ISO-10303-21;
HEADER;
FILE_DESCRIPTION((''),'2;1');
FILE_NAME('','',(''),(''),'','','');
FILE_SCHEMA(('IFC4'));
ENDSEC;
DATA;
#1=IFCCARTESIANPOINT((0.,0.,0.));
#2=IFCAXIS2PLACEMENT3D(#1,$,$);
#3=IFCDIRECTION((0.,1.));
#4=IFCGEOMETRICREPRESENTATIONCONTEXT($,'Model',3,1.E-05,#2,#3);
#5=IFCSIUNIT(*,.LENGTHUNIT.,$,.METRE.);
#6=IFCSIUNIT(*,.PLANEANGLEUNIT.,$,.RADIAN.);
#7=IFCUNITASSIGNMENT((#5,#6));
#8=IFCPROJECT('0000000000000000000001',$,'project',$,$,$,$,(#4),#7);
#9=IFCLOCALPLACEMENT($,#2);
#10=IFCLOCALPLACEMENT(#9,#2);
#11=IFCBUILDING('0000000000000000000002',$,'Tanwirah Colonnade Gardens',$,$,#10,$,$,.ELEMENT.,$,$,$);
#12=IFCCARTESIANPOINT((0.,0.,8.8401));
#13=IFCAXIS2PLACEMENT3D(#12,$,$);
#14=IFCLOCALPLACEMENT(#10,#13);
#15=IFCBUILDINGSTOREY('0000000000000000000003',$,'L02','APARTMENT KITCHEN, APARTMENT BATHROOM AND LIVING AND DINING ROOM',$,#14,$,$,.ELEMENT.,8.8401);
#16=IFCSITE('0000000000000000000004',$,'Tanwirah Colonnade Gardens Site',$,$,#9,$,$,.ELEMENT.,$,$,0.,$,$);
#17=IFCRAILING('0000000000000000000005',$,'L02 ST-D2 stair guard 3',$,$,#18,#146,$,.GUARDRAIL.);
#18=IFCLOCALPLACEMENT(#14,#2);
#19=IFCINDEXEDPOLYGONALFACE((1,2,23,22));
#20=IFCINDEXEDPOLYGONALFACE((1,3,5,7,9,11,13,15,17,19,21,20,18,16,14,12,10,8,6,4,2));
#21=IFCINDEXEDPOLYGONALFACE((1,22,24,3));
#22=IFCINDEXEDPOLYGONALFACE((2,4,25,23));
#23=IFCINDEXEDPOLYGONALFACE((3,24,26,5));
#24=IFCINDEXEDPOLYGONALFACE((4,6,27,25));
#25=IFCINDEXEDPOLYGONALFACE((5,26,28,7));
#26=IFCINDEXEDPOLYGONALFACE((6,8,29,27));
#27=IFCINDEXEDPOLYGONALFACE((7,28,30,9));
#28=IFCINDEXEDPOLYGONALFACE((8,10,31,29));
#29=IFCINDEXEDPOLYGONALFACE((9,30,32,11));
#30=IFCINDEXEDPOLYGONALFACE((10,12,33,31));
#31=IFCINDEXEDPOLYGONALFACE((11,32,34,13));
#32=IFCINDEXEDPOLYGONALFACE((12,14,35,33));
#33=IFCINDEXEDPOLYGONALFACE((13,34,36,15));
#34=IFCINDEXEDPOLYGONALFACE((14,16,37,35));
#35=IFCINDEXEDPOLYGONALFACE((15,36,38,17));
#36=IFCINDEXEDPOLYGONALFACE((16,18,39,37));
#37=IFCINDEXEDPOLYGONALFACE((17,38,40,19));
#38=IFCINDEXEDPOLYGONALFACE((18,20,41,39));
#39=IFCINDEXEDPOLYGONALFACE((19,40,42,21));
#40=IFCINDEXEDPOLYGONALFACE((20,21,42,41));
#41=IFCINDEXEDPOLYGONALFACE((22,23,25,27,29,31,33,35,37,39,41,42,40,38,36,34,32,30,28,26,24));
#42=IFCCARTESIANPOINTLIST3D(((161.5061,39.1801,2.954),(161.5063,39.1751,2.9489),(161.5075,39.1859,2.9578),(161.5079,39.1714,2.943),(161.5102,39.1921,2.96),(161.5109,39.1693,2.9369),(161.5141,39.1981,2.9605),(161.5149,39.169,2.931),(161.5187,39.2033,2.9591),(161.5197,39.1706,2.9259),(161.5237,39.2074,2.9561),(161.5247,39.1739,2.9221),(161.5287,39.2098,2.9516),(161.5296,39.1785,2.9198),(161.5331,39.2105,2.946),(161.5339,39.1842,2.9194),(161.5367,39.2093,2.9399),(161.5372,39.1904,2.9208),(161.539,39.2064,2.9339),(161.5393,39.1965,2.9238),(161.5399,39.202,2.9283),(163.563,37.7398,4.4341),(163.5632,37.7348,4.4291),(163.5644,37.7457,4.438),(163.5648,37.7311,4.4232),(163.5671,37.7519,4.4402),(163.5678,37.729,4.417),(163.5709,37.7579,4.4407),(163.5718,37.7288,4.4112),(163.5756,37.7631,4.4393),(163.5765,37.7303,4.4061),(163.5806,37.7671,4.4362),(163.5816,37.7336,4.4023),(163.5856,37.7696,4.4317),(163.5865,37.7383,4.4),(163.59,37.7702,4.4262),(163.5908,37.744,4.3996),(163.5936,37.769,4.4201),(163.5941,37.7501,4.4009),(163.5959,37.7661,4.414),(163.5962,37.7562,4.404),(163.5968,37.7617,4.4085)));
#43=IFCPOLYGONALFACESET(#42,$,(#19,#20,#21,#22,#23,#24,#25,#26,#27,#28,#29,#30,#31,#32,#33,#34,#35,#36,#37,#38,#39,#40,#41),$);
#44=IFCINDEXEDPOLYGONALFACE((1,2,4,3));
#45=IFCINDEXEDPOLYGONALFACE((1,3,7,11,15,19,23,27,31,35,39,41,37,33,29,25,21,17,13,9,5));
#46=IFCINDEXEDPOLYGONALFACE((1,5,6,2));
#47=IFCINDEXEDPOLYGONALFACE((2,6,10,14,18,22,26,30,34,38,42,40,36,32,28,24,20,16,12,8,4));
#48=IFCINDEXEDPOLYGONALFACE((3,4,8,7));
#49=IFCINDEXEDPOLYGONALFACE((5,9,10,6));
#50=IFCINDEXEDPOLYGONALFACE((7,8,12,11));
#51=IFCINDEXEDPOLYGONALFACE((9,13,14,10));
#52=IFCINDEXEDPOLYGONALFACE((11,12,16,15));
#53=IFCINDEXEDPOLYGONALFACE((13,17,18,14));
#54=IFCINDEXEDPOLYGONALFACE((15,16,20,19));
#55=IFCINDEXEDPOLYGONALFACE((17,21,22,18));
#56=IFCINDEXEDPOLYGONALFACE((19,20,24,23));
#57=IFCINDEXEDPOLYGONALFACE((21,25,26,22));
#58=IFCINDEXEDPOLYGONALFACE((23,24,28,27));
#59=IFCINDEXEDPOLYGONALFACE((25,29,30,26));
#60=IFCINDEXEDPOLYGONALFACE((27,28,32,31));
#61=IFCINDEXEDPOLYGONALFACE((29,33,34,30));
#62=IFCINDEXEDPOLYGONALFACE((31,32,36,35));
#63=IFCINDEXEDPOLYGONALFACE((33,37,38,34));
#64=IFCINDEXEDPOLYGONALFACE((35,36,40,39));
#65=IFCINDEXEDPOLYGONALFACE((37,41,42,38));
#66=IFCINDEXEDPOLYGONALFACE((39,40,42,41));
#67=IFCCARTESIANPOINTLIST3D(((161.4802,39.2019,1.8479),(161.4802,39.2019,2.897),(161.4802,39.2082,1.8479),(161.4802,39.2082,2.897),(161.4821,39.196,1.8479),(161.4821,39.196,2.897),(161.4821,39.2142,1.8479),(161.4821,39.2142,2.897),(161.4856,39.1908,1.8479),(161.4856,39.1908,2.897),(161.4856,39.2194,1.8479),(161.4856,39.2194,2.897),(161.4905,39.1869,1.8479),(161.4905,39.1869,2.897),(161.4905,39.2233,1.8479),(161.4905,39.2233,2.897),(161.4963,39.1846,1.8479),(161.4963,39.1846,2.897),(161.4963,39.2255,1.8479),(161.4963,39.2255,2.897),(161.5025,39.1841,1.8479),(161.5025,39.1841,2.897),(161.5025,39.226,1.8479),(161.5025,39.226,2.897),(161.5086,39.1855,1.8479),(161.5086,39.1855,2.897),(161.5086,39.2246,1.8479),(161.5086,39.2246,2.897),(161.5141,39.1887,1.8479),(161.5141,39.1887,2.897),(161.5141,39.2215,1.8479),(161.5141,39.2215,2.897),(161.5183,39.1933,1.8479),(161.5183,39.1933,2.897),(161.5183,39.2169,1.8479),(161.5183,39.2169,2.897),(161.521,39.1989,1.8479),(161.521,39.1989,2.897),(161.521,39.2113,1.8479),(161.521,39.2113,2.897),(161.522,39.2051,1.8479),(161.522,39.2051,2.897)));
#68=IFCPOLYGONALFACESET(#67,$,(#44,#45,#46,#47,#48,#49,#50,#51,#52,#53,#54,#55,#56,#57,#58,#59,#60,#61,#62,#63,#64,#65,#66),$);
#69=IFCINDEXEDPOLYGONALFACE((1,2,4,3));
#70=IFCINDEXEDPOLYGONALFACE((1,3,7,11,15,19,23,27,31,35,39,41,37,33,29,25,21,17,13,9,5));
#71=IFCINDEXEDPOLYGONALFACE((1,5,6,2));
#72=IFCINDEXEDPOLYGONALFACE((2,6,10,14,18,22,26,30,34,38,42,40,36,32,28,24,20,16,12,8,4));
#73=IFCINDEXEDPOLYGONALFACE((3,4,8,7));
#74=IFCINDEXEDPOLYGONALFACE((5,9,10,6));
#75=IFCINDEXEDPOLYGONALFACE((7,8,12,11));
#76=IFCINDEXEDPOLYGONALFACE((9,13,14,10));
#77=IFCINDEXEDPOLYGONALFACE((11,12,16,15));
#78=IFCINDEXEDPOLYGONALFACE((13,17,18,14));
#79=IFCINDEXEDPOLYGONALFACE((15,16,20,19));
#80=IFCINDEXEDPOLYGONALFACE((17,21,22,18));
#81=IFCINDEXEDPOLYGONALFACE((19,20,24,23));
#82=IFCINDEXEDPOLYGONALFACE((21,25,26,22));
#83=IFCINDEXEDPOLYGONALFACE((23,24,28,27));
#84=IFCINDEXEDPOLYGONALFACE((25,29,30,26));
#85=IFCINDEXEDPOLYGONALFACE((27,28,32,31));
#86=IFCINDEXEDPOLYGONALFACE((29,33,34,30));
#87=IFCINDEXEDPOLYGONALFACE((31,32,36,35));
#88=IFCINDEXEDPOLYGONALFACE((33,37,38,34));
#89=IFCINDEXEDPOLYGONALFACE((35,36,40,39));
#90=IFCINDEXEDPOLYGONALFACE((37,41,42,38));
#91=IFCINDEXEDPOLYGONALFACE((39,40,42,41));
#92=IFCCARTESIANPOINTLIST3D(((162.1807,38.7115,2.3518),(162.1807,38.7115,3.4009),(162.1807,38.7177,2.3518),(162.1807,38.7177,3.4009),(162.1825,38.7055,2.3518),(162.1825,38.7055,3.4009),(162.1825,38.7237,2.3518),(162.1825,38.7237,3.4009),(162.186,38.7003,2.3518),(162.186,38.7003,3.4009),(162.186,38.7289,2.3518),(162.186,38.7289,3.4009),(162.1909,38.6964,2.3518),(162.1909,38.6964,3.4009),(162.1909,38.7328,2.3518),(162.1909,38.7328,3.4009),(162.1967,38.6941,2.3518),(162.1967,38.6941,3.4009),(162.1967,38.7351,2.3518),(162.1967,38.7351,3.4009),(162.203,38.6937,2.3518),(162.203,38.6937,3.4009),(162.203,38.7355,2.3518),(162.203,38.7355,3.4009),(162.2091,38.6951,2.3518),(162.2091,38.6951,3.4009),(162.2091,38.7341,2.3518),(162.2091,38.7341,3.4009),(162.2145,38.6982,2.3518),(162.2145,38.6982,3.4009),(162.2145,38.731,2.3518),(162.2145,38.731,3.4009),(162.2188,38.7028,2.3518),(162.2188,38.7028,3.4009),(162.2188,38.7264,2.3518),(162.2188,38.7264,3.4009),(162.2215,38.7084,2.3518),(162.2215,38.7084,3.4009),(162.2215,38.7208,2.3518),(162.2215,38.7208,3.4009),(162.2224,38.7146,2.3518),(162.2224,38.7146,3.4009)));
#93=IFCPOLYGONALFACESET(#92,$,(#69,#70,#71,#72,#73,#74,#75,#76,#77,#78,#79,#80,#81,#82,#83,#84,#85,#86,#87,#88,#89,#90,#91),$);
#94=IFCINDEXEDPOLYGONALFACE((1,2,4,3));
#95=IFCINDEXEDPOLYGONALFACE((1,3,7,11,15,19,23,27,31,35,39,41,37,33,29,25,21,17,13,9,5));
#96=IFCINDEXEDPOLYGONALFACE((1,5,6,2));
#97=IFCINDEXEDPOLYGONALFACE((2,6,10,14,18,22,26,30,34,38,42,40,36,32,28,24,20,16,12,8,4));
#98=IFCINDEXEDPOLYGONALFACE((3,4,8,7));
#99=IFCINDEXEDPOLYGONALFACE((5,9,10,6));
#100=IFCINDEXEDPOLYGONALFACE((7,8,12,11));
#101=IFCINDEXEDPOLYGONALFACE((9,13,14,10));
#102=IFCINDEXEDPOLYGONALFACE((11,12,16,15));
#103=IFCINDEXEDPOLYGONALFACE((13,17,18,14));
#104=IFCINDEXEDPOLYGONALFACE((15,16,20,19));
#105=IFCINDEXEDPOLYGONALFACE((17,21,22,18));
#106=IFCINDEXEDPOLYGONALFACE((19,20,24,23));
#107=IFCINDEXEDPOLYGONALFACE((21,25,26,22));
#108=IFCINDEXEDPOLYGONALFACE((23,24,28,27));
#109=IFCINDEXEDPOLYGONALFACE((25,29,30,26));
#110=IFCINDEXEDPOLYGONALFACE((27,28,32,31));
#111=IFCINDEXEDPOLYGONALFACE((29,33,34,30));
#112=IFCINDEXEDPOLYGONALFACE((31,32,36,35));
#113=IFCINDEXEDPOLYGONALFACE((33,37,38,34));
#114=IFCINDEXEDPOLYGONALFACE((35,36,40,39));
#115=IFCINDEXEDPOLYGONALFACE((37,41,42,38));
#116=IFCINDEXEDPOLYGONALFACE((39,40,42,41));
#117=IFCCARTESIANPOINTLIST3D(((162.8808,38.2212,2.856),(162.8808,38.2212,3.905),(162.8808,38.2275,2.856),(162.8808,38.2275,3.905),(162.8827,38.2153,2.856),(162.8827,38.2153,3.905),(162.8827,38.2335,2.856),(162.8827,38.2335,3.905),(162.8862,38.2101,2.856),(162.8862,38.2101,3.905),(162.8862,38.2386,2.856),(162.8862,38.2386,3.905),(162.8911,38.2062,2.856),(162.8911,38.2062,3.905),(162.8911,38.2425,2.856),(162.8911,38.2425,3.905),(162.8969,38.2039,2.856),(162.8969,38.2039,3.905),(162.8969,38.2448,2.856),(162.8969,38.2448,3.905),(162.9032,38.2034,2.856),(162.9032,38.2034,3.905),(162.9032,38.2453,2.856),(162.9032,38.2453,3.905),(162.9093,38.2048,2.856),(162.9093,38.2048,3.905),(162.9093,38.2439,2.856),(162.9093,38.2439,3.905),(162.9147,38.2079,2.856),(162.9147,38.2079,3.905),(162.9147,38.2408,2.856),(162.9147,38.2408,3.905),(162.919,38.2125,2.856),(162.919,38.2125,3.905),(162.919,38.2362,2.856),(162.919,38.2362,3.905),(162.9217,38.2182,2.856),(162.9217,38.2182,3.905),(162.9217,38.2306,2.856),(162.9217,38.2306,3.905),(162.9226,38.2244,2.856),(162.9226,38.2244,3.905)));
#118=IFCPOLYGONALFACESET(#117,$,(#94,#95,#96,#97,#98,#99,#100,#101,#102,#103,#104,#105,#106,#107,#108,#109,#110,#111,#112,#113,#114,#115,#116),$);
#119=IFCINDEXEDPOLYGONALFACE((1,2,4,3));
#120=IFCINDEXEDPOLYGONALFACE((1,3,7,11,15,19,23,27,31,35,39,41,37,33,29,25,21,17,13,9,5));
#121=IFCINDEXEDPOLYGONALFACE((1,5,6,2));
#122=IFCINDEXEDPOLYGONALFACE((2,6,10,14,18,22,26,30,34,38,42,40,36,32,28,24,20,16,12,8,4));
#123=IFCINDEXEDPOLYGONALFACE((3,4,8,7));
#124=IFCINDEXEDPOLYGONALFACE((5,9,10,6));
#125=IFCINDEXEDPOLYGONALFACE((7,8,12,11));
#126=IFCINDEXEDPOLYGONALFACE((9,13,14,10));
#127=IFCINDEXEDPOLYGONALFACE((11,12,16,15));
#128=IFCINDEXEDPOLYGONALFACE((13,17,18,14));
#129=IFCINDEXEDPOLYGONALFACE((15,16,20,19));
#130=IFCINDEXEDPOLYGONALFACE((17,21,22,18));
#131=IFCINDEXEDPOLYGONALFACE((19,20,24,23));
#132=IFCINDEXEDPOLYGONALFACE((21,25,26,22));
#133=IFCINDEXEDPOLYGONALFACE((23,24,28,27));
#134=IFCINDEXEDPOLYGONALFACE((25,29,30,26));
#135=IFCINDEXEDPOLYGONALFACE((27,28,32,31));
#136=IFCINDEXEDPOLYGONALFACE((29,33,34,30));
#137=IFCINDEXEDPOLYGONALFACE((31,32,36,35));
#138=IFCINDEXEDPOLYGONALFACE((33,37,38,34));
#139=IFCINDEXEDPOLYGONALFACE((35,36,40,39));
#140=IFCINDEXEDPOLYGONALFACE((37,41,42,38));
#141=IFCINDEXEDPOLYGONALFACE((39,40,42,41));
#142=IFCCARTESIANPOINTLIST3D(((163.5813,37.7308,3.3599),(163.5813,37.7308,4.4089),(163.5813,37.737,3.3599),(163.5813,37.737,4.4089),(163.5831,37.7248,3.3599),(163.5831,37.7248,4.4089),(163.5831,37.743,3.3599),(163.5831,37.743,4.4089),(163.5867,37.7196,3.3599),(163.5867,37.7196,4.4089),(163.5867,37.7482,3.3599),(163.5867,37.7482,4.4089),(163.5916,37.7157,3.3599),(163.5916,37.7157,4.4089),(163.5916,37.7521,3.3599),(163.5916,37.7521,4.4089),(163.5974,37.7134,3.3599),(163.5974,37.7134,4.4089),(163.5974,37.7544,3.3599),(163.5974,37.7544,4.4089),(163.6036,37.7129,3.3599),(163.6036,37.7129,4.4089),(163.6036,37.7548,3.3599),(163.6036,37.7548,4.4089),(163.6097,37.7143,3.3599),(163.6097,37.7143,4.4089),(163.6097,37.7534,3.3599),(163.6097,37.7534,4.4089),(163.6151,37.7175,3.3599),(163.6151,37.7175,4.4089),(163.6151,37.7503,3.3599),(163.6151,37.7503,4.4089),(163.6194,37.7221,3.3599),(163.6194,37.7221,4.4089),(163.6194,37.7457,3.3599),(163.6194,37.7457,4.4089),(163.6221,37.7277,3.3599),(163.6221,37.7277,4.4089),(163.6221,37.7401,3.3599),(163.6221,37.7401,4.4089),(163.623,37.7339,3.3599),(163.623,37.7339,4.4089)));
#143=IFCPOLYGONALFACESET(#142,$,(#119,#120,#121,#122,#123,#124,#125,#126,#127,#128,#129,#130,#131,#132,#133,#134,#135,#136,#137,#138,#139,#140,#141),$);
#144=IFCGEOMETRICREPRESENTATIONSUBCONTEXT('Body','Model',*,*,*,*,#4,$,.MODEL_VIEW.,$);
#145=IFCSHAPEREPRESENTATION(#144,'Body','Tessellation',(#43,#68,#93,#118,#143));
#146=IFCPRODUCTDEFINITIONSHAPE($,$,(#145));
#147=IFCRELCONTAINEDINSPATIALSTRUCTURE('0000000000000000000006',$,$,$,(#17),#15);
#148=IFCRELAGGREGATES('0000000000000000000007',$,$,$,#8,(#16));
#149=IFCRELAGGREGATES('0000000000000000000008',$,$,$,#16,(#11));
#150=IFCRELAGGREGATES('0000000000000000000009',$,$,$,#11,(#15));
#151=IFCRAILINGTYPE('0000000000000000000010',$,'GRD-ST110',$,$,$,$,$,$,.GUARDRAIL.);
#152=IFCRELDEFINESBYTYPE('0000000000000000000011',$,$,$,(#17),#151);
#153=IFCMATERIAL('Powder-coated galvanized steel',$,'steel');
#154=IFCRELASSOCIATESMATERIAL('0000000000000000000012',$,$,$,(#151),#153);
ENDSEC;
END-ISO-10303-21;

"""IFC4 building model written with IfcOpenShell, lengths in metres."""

from ifc_helpers import new_model, si_unit, direction, frame, origin, origin_2d, place, context, subcontext, project, spatial, circle, extrude, material, type_object, element, save


model = new_model("IFC4")

# Units and contexts
model_context = context("Model", 3, precision=1e-05, world=origin(), true_north=direction((0.0, 1.0)))
body_context = subcontext(model_context, "Body", "Model", "MODEL_VIEW")
ifc_project = project(units=[si_unit("LENGTHUNIT", "METRE"), si_unit("PLANEANGLEUNIT", "RADIAN")], contexts=[model_context])

# Site, building, storey
site_placement = place(None, origin())
site = spatial("IfcSite", under=ifc_project, at=site_placement, Name="Tanwirah Colonnade Gardens Site", CompositionType="ELEMENT", RefElevation=0.0)
building_placement = place(site_placement, origin())
building = spatial("IfcBuilding", under=site, at=building_placement, Name="Tanwirah Colonnade Gardens", CompositionType="ELEMENT")
storey_placement = place(building_placement, frame((0.0, 0.0, 8.8401)))
storey = spatial("IfcBuildingStorey", under=building, at=storey_placement, Name="L02", Description="APARTMENT KITCHEN, APARTMENT BATHROOM AND LIVING AND DINING ROOM", CompositionType="ELEMENT", Elevation=8.8401)

# Railing
ifc_material_1 = material(Name="Powder-coated galvanized steel", Category="steel")
railing_type_1 = type_object("IfcRailingType", Name="GRD-ST110", PredefinedType="GUARDRAIL", material=ifc_material_1)
railing_1_placement = place(storey_placement, frame((161.501, 39.2051, 1.8479)))
element("IfcRailing", 1, at=railing_1_placement, inside=storey, type_object=railing_type_1, Name="L02 ST-D2 stair guard 3", PredefinedType="GUARDRAIL", context=body_context, shape_type="SweptSolid", body=[
    extrude(circle(Radius=0.0239, at=origin_2d()), frame((0.022, -0.0154, 1.092), z_axis=(0.705673, -0.494118, 0.507812), x_axis=(0.573577, 0.819151, 0.0)), (0.0, 0.0, 1.0), 2.9148),
    extrude(circle(Radius=0.021, at=origin_2d()), origin(), (0.0, 0.0, 1.0), 1.0491),
    extrude(circle(Radius=0.021, at=origin_2d()), frame((0.7004, -0.4905, 0.5039)), (0.0, 0.0, 1.0), 1.0491),
    extrude(circle(Radius=0.021, at=origin_2d()), frame((1.4006, -0.9807, 1.0081)), (0.0, 0.0, 1.0), 1.0491),
    extrude(circle(Radius=0.021, at=origin_2d()), frame((2.1011, -1.4712, 1.512)), (0.0, 0.0, 1.0), 1.0491),
])

save(model, "model.ifc")
